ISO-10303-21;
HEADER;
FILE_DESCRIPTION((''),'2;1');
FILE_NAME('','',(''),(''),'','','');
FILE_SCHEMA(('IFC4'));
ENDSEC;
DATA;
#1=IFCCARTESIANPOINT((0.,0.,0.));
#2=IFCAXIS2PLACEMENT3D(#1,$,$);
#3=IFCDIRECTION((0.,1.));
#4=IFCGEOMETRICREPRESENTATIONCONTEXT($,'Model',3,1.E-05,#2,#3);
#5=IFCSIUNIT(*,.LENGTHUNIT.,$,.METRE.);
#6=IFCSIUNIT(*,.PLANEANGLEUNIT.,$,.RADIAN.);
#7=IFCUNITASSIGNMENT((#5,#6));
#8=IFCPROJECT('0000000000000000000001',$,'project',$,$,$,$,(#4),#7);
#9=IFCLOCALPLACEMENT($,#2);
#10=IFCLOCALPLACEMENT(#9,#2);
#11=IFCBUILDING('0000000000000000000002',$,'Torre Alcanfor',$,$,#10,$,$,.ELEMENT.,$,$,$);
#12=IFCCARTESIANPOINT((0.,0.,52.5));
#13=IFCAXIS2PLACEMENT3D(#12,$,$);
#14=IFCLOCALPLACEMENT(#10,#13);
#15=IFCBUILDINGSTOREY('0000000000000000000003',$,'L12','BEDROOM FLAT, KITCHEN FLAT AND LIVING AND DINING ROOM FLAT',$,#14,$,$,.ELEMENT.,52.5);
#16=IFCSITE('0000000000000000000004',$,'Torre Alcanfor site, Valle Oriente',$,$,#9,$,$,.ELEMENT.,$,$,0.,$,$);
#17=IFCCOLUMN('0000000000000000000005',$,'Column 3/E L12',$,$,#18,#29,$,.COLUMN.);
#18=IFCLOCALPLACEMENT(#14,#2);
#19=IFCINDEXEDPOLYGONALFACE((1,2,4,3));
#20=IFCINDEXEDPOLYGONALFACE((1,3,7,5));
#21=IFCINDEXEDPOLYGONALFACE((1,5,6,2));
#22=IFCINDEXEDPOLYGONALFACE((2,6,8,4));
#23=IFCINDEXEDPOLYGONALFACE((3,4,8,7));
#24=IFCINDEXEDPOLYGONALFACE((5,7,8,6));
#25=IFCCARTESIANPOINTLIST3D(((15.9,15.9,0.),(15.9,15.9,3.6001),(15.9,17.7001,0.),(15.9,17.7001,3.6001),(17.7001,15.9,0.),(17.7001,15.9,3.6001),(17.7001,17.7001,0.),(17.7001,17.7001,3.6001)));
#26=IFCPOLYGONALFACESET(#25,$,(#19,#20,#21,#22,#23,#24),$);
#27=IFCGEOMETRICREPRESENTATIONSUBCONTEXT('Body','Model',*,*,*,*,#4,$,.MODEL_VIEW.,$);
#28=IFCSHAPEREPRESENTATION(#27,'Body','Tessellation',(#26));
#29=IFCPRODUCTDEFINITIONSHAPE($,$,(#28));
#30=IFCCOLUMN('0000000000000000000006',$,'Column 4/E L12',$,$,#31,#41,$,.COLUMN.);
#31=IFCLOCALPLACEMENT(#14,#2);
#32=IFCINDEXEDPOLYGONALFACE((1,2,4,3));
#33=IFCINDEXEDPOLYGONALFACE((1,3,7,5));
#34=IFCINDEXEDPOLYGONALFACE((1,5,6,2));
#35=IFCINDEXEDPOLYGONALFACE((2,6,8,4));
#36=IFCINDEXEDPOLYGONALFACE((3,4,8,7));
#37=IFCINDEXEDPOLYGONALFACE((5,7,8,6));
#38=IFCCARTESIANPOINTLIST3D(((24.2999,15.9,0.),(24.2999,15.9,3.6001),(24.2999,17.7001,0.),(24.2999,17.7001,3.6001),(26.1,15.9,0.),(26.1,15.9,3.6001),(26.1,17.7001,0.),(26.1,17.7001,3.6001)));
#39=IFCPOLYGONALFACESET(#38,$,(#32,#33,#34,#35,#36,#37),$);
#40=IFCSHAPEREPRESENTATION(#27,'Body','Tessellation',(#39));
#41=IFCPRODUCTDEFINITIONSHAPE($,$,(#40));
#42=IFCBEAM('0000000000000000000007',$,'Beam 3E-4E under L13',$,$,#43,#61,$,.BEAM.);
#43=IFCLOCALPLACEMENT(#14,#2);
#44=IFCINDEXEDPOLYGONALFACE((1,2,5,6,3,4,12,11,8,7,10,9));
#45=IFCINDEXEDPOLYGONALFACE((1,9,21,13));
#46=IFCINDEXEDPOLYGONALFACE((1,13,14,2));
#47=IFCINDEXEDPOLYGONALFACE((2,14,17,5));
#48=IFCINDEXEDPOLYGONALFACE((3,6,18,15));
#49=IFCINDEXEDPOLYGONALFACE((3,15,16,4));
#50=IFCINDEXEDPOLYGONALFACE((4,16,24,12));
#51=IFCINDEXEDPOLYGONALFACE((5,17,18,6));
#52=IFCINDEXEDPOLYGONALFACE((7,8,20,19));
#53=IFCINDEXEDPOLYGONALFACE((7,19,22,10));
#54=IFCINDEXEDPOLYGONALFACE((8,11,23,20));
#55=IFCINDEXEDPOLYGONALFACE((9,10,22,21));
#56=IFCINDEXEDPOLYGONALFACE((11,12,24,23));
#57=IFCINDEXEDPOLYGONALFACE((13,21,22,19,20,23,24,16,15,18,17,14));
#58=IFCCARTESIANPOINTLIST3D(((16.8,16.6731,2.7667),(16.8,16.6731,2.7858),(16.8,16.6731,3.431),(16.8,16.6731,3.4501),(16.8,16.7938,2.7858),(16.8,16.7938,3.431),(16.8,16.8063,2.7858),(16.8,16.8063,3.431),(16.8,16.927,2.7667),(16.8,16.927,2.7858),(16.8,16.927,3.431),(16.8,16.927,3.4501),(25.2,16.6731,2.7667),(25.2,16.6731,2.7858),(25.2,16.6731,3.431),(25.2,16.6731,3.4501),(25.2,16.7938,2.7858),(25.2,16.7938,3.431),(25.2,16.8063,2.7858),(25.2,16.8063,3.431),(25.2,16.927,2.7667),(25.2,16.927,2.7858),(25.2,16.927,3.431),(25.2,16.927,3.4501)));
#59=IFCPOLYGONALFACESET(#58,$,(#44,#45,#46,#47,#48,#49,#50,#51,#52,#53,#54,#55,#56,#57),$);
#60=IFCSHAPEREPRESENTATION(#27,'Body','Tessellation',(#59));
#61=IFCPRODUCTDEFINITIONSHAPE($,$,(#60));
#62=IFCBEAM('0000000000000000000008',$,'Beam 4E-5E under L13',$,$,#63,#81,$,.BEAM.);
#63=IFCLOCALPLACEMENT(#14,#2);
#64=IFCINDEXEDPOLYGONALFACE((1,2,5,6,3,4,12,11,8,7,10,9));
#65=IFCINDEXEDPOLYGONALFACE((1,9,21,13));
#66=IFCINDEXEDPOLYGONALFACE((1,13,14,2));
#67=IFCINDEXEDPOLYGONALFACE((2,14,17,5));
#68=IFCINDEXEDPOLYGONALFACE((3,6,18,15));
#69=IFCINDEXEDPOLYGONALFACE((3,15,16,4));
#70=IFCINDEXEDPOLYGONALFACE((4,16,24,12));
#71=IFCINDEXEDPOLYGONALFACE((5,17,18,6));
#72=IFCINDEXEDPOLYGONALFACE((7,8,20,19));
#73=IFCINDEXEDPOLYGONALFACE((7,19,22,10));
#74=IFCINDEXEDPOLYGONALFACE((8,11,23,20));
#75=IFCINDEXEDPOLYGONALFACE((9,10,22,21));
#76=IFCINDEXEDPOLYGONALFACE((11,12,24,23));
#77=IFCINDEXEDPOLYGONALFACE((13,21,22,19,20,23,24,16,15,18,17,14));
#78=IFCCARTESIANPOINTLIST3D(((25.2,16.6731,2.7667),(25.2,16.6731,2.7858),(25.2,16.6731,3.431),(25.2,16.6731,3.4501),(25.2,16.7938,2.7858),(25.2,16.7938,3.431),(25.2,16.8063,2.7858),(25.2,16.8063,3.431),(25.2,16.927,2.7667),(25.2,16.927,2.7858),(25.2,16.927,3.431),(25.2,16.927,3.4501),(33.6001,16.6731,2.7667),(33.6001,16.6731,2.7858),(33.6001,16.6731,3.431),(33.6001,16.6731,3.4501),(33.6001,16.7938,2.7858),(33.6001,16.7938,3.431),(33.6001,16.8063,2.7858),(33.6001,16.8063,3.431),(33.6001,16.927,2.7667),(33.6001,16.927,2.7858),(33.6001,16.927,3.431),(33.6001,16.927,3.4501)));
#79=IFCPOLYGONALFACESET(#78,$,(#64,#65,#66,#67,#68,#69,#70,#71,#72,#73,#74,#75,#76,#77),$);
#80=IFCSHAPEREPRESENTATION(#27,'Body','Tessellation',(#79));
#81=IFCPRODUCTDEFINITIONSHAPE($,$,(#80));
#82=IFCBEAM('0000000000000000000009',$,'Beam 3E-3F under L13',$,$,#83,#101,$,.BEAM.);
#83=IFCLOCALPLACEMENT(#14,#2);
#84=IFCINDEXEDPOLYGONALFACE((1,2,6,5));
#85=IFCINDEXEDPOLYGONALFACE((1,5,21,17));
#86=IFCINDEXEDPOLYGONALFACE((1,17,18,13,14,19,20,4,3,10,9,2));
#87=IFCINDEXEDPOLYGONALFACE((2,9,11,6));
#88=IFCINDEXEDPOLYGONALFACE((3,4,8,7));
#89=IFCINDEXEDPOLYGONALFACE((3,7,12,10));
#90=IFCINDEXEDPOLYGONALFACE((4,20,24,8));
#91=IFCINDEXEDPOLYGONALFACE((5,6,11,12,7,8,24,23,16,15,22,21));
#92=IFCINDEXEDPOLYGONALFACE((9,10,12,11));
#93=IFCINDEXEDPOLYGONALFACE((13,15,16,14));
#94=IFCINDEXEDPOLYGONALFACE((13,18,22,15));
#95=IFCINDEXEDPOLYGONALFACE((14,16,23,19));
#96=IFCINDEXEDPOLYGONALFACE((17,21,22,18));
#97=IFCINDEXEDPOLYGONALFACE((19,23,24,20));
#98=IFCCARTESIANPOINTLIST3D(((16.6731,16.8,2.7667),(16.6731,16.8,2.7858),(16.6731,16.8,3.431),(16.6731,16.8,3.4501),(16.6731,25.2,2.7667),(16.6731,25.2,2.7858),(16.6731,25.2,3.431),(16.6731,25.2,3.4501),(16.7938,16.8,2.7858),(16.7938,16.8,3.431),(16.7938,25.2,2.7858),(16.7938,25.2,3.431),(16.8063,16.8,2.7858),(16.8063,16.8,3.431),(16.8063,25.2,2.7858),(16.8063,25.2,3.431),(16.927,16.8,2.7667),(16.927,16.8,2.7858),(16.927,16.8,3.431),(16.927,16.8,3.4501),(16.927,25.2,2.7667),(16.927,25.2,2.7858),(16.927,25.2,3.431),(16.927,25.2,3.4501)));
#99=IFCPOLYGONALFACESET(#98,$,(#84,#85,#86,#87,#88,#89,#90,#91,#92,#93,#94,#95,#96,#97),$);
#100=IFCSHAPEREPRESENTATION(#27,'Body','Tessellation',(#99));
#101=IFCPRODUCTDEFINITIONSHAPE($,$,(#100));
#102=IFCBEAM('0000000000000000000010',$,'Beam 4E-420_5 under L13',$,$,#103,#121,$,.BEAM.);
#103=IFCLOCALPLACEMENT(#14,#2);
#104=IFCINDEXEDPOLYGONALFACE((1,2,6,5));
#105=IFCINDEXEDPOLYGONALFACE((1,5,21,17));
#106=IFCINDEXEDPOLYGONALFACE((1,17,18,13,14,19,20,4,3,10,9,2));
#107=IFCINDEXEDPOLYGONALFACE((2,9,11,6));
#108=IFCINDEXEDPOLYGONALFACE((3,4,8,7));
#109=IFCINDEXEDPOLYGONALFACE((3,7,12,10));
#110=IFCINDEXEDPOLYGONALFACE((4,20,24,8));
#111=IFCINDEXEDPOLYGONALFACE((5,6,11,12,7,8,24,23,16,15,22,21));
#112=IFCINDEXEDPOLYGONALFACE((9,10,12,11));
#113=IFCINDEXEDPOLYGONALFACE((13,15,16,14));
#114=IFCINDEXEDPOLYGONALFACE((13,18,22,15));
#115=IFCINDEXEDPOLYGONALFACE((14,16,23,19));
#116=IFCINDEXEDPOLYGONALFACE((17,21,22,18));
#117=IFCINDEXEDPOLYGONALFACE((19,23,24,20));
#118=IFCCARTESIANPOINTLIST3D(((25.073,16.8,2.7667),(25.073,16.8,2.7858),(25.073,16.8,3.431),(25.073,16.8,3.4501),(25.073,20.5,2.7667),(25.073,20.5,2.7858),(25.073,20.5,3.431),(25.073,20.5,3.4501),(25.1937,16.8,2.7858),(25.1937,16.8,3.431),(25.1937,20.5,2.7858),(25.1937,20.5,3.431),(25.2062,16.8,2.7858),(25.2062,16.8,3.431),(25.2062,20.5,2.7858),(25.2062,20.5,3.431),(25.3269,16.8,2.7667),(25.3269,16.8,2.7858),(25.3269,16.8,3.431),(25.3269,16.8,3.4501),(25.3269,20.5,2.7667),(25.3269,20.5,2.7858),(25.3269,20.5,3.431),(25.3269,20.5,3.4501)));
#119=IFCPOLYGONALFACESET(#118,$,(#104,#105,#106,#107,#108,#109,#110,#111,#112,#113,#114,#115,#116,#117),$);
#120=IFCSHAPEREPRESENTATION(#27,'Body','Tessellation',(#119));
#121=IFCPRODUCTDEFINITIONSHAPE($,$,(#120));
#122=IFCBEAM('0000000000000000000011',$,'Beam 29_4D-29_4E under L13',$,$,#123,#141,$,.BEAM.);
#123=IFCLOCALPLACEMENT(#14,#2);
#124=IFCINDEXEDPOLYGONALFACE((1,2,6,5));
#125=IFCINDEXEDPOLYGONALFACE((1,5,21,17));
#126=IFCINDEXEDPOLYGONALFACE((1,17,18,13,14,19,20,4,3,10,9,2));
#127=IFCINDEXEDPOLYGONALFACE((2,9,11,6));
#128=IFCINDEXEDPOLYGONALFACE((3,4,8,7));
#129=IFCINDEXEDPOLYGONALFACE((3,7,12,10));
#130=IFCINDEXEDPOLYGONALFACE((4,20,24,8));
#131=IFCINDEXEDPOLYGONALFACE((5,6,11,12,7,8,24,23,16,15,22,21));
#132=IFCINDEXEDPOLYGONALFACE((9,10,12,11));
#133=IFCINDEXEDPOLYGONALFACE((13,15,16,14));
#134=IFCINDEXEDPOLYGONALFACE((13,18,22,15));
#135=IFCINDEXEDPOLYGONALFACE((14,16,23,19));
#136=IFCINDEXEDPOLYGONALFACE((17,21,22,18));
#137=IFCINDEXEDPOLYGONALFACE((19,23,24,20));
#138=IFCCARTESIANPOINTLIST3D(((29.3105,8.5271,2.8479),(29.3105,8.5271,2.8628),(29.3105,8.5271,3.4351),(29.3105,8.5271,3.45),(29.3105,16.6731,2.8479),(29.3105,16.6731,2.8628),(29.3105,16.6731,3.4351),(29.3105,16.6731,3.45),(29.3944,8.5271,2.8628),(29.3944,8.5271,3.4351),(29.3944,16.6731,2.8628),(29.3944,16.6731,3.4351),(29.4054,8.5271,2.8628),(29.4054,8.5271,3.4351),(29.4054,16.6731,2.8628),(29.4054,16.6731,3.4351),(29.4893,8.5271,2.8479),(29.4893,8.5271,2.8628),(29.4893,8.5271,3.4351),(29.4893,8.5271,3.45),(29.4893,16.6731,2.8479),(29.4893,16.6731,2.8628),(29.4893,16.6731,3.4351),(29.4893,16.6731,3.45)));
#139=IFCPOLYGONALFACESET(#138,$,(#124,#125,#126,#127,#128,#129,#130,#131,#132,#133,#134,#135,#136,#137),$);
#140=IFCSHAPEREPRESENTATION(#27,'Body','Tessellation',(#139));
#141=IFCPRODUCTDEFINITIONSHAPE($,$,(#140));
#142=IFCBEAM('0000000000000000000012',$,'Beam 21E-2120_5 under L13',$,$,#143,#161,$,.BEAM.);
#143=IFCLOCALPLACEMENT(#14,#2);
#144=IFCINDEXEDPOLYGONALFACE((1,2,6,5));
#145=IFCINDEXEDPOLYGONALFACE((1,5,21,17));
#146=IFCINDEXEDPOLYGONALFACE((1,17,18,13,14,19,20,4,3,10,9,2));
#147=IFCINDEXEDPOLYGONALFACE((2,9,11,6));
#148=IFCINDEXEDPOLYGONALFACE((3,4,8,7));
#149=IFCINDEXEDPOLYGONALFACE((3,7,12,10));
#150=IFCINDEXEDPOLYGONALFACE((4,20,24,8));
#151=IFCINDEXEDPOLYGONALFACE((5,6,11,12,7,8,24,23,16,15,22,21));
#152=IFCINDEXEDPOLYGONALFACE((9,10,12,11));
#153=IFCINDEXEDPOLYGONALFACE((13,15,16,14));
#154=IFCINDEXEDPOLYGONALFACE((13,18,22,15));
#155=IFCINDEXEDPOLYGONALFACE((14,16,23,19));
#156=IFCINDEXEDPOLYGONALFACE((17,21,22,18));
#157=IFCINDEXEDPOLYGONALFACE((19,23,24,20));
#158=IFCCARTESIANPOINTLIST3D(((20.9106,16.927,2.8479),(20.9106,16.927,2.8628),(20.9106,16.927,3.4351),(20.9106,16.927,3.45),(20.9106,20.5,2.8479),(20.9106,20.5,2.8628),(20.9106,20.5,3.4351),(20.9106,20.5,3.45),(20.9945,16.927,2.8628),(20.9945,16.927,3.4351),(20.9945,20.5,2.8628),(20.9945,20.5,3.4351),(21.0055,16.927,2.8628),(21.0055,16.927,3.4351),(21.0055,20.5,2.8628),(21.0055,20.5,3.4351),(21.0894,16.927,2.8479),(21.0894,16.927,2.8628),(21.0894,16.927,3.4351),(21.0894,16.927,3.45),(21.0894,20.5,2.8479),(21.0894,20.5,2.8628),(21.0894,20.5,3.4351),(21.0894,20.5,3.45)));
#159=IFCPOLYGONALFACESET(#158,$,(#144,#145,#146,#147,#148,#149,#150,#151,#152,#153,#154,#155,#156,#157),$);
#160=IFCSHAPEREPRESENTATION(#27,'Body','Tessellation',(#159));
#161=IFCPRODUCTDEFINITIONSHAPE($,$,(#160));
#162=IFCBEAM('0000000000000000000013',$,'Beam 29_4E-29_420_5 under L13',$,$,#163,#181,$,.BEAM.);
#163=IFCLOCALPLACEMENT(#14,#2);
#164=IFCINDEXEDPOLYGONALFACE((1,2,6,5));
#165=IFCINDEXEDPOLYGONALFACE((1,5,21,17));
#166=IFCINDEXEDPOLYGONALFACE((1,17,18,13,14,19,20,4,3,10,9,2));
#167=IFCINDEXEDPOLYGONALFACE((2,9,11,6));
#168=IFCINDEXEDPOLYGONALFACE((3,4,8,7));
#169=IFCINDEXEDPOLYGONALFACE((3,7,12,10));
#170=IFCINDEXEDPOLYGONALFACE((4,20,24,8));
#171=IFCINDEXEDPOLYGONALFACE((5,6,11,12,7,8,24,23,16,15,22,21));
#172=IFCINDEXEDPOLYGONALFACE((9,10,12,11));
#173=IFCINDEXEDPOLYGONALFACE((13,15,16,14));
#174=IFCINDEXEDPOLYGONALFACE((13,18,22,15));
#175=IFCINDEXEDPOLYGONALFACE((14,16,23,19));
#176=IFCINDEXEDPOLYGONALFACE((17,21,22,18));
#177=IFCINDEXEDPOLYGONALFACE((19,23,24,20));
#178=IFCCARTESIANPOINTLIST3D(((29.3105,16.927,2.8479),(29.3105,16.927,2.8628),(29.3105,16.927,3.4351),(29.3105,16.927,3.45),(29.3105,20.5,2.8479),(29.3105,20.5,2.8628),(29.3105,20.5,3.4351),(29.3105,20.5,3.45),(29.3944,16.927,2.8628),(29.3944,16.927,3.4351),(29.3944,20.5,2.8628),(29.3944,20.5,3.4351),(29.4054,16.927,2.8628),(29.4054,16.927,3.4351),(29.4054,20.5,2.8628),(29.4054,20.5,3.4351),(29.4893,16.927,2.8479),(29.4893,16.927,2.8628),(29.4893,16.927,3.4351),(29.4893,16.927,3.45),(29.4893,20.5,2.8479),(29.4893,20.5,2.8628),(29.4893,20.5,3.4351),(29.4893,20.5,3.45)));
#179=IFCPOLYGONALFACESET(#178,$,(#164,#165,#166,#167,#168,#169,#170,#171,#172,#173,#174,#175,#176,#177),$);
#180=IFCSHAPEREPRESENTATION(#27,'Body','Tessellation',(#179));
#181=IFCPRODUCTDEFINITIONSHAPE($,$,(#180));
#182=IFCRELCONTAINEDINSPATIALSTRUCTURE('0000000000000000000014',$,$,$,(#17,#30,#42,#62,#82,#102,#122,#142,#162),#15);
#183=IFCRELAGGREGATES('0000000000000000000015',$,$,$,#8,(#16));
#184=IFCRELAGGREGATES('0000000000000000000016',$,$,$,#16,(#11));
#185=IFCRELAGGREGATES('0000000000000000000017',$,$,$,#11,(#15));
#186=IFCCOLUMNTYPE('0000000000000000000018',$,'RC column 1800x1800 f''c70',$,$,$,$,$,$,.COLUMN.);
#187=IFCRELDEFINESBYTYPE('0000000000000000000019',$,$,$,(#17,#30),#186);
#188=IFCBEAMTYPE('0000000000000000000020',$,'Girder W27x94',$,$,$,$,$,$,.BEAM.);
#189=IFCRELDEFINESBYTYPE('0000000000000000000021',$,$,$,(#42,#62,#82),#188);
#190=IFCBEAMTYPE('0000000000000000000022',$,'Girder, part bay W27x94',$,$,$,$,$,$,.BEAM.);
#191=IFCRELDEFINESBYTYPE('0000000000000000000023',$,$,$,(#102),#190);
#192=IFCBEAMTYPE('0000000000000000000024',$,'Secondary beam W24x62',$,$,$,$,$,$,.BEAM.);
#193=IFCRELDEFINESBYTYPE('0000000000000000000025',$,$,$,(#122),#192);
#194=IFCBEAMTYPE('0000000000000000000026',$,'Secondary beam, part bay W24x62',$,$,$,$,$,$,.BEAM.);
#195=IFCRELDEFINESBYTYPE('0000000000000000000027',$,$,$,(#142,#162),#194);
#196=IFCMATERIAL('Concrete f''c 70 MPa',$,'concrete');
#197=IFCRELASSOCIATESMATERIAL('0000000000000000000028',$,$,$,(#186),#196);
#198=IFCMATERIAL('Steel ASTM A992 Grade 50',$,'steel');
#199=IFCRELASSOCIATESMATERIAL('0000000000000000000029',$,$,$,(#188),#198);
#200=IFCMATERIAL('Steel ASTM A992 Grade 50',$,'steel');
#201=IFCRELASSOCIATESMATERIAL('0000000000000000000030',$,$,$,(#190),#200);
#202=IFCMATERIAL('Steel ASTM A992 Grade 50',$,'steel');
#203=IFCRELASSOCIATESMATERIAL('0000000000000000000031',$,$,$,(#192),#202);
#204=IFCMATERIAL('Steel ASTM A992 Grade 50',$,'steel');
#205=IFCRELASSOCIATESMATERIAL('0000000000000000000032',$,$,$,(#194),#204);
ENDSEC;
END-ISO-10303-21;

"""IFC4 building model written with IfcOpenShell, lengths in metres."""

from ifc_helpers import new_model, si_unit, direction, frame, origin, origin_2d, place, context, subcontext, project, spatial, rectangle, i_section, extrude, material, material_profile, profile_set, type_object, element, save


model = new_model("IFC4")

# Units and contexts
model_context = context("Model", 3, precision=1e-05, world=origin(), true_north=direction((0.0, 1.0)))
body_context = subcontext(model_context, "Body", "Model", "MODEL_VIEW")
ifc_project = project(units=[si_unit("LENGTHUNIT", "METRE"), si_unit("PLANEANGLEUNIT", "RADIAN")], contexts=[model_context])

# Site, building, storey
site_placement = place(None, origin())
site = spatial("IfcSite", under=ifc_project, at=site_placement, Name="Torre Alcanfor site, Valle Oriente", CompositionType="ELEMENT", RefElevation=0.0)
building_placement = place(site_placement, origin())
building = spatial("IfcBuilding", under=site, at=building_placement, Name="Torre Alcanfor", CompositionType="ELEMENT")
storey_placement = place(building_placement, frame((0.0, 0.0, 52.5)))
storey = spatial("IfcBuildingStorey", under=building, at=storey_placement, Name="L12", Description="BEDROOM FLAT, KITCHEN FLAT AND LIVING AND DINING ROOM FLAT", CompositionType="ELEMENT", Elevation=52.5)

# Columns
ifc_material_1 = material(Name="Concrete f'c 70 MPa", Category="concrete")
ifc_material_profile_1 = material_profile(ifc_material_1, rectangle(XDim=1.8, YDim=1.8, at=origin_2d()), Name="1800x1800")
ifc_profile_set_1 = profile_set([ifc_material_profile_1], Name="Concrete f'c 70 MPa")
column_type = type_object("IfcColumnType", Name="RC column 1800x1800 f'c70", PredefinedType="COLUMN", material=ifc_profile_set_1)
for number, where, z_axis, x_axis, name in (
    (1, (16.8, 16.8, 0.0), (0.0, 0.0, 1.0), (1.0, 0.0, 0.0), "Column 3/E L12"),
    (2, (25.2, 16.8, 0.0), (0.0, 0.0, 1.0), (1.0, 0.0, 0.0), "Column 4/E L12"),
):
    element("IfcColumn", number, at=place(storey_placement, frame(where, z_axis=z_axis, x_axis=x_axis)), inside=storey, type_object=column_type, Name=name, PredefinedType="COLUMN", context=body_context, shape_type="SweptSolid", body=[
        extrude(rectangle(XDim=1.8, YDim=1.8, at=origin_2d()), origin(), (0.0, 0.0, 1.0), 3.6001),
    ])

# Beams
ifc_material_2 = material(Name="Steel ASTM A992 Grade 50", Category="steel")
ifc_material_profile_2 = material_profile(ifc_material_2, i_section(OverallWidth=0.2539, OverallDepth=0.6833, WebThickness=0.0125, FlangeThickness=0.019, at=origin_2d()), Name="W27x94")
ifc_profile_set_2 = profile_set([ifc_material_profile_2], Name="Steel ASTM A992 Grade 50")
beam_type_1 = type_object("IfcBeamType", Name="Girder W27x94", PredefinedType="BEAM", material=ifc_profile_set_2)
beam_1_placement = place(storey_placement, frame((16.8, 16.8, 3.1084), z_axis=(1.0, 0.0, 0.0), x_axis=(0.0, 1.0, 0.0)))
element("IfcBeam", 3, at=beam_1_placement, inside=storey, type_object=beam_type_1, Name="Beam 3E-4E under L13", PredefinedType="BEAM", context=body_context, shape_type="SweptSolid", body=[
    extrude(i_section(OverallWidth=0.2539, OverallDepth=0.6833, WebThickness=0.0125, FlangeThickness=0.019, at=origin_2d()), origin(), (0.0, 0.0, 1.0), 8.3999),
])
beam_2_placement = place(storey_placement, frame((25.2, 16.8, 3.1084), z_axis=(1.0, 0.0, 0.0), x_axis=(0.0, 1.0, 0.0)))
element("IfcBeam", 4, at=beam_2_placement, inside=storey, type_object=beam_type_1, Name="Beam 4E-5E under L13", PredefinedType="BEAM", context=body_context, shape_type="SweptSolid", body=[
    extrude(i_section(OverallWidth=0.2539, OverallDepth=0.6833, WebThickness=0.0125, FlangeThickness=0.019, at=origin_2d()), origin(), (0.0, 0.0, 1.0), 8.4001),
])
beam_3_placement = place(storey_placement, frame((16.8, 16.8, 3.1084), z_axis=(0.0, 1.0, 0.0), x_axis=(-1.0, 0.0, 0.0)))
element("IfcBeam", 5, at=beam_3_placement, inside=storey, type_object=beam_type_1, Name="Beam 3E-3F under L13", PredefinedType="BEAM", context=body_context, shape_type="SweptSolid", body=[
    extrude(i_section(OverallWidth=0.2539, OverallDepth=0.6833, WebThickness=0.0125, FlangeThickness=0.019, at=origin_2d()), origin(), (0.0, 0.0, 1.0), 8.3999),
])
ifc_material_3 = material(Name="Steel ASTM A992 Grade 50", Category="steel")
ifc_material_profile_3 = material_profile(ifc_material_3, i_section(OverallWidth=0.2539, OverallDepth=0.6833, WebThickness=0.0125, FlangeThickness=0.019, at=origin_2d()), Name="W27x94")
ifc_profile_set_3 = profile_set([ifc_material_profile_3], Name="Steel ASTM A992 Grade 50")
beam_type_2 = type_object("IfcBeamType", Name="Girder, part bay W27x94", PredefinedType="BEAM", material=ifc_profile_set_3)
beam_4_placement = place(storey_placement, frame((25.2, 16.8, 3.1084), z_axis=(0.0, 1.0, 0.0), x_axis=(-1.0, 0.0, 0.0)))
element("IfcBeam", 6, at=beam_4_placement, inside=storey, type_object=beam_type_2, Name="Beam 4E-420_5 under L13", PredefinedType="BEAM", context=body_context, shape_type="SweptSolid", body=[
    extrude(i_section(OverallWidth=0.2539, OverallDepth=0.6833, WebThickness=0.0125, FlangeThickness=0.019, at=origin_2d()), origin(), (0.0, 0.0, 1.0), 3.7),
])
ifc_material_4 = material(Name="Steel ASTM A992 Grade 50", Category="steel")
ifc_material_profile_4 = material_profile(ifc_material_4, i_section(OverallWidth=0.1787, OverallDepth=0.6021, WebThickness=0.011, FlangeThickness=0.0149, at=origin_2d()), Name="W24x62")
ifc_profile_set_4 = profile_set([ifc_material_profile_4], Name="Steel ASTM A992 Grade 50")
beam_type_3 = type_object("IfcBeamType", Name="Secondary beam W24x62", PredefinedType="BEAM", material=ifc_profile_set_4)
beam_5_placement = place(storey_placement, frame((29.3999, 8.5271, 3.1489), z_axis=(0.0, 1.0, 0.0), x_axis=(-1.0, 0.0, 0.0)))
element("IfcBeam", 7, at=beam_5_placement, inside=storey, type_object=beam_type_3, Name="Beam 29_4D-29_4E under L13", PredefinedType="BEAM", context=body_context, shape_type="SweptSolid", body=[
    extrude(i_section(OverallWidth=0.1787, OverallDepth=0.6021, WebThickness=0.011, FlangeThickness=0.0149, at=origin_2d()), origin(), (0.0, 0.0, 1.0), 8.146),
])
ifc_material_5 = material(Name="Steel ASTM A992 Grade 50", Category="steel")
ifc_material_profile_5 = material_profile(ifc_material_5, i_section(OverallWidth=0.1787, OverallDepth=0.6021, WebThickness=0.011, FlangeThickness=0.0149, at=origin_2d()), Name="W24x62")
ifc_profile_set_5 = profile_set([ifc_material_profile_5], Name="Steel ASTM A992 Grade 50")
beam_type_4 = type_object("IfcBeamType", Name="Secondary beam, part bay W24x62", PredefinedType="BEAM", material=ifc_profile_set_5)
for number, where, z_axis, x_axis, name in (
    (8, (21.0, 16.927, 3.1489), (0.0, 1.0, 0.0), (-1.0, 0.0, 0.0), "Beam 21E-2120_5 under L13"),
    (9, (29.3999, 16.927, 3.1489), (0.0, 1.0, 0.0), (-1.0, 0.0, 0.0), "Beam 29_4E-29_420_5 under L13"),
):
    element("IfcBeam", number, at=place(storey_placement, frame(where, z_axis=z_axis, x_axis=x_axis)), inside=storey, type_object=beam_type_4, Name=name, PredefinedType="BEAM", context=body_context, shape_type="SweptSolid", body=[
        extrude(i_section(OverallWidth=0.1787, OverallDepth=0.6021, WebThickness=0.011, FlangeThickness=0.0149, at=origin_2d()), origin(), (0.0, 0.0, 1.0), 3.573),
    ])

save(model, "model.ifc")
